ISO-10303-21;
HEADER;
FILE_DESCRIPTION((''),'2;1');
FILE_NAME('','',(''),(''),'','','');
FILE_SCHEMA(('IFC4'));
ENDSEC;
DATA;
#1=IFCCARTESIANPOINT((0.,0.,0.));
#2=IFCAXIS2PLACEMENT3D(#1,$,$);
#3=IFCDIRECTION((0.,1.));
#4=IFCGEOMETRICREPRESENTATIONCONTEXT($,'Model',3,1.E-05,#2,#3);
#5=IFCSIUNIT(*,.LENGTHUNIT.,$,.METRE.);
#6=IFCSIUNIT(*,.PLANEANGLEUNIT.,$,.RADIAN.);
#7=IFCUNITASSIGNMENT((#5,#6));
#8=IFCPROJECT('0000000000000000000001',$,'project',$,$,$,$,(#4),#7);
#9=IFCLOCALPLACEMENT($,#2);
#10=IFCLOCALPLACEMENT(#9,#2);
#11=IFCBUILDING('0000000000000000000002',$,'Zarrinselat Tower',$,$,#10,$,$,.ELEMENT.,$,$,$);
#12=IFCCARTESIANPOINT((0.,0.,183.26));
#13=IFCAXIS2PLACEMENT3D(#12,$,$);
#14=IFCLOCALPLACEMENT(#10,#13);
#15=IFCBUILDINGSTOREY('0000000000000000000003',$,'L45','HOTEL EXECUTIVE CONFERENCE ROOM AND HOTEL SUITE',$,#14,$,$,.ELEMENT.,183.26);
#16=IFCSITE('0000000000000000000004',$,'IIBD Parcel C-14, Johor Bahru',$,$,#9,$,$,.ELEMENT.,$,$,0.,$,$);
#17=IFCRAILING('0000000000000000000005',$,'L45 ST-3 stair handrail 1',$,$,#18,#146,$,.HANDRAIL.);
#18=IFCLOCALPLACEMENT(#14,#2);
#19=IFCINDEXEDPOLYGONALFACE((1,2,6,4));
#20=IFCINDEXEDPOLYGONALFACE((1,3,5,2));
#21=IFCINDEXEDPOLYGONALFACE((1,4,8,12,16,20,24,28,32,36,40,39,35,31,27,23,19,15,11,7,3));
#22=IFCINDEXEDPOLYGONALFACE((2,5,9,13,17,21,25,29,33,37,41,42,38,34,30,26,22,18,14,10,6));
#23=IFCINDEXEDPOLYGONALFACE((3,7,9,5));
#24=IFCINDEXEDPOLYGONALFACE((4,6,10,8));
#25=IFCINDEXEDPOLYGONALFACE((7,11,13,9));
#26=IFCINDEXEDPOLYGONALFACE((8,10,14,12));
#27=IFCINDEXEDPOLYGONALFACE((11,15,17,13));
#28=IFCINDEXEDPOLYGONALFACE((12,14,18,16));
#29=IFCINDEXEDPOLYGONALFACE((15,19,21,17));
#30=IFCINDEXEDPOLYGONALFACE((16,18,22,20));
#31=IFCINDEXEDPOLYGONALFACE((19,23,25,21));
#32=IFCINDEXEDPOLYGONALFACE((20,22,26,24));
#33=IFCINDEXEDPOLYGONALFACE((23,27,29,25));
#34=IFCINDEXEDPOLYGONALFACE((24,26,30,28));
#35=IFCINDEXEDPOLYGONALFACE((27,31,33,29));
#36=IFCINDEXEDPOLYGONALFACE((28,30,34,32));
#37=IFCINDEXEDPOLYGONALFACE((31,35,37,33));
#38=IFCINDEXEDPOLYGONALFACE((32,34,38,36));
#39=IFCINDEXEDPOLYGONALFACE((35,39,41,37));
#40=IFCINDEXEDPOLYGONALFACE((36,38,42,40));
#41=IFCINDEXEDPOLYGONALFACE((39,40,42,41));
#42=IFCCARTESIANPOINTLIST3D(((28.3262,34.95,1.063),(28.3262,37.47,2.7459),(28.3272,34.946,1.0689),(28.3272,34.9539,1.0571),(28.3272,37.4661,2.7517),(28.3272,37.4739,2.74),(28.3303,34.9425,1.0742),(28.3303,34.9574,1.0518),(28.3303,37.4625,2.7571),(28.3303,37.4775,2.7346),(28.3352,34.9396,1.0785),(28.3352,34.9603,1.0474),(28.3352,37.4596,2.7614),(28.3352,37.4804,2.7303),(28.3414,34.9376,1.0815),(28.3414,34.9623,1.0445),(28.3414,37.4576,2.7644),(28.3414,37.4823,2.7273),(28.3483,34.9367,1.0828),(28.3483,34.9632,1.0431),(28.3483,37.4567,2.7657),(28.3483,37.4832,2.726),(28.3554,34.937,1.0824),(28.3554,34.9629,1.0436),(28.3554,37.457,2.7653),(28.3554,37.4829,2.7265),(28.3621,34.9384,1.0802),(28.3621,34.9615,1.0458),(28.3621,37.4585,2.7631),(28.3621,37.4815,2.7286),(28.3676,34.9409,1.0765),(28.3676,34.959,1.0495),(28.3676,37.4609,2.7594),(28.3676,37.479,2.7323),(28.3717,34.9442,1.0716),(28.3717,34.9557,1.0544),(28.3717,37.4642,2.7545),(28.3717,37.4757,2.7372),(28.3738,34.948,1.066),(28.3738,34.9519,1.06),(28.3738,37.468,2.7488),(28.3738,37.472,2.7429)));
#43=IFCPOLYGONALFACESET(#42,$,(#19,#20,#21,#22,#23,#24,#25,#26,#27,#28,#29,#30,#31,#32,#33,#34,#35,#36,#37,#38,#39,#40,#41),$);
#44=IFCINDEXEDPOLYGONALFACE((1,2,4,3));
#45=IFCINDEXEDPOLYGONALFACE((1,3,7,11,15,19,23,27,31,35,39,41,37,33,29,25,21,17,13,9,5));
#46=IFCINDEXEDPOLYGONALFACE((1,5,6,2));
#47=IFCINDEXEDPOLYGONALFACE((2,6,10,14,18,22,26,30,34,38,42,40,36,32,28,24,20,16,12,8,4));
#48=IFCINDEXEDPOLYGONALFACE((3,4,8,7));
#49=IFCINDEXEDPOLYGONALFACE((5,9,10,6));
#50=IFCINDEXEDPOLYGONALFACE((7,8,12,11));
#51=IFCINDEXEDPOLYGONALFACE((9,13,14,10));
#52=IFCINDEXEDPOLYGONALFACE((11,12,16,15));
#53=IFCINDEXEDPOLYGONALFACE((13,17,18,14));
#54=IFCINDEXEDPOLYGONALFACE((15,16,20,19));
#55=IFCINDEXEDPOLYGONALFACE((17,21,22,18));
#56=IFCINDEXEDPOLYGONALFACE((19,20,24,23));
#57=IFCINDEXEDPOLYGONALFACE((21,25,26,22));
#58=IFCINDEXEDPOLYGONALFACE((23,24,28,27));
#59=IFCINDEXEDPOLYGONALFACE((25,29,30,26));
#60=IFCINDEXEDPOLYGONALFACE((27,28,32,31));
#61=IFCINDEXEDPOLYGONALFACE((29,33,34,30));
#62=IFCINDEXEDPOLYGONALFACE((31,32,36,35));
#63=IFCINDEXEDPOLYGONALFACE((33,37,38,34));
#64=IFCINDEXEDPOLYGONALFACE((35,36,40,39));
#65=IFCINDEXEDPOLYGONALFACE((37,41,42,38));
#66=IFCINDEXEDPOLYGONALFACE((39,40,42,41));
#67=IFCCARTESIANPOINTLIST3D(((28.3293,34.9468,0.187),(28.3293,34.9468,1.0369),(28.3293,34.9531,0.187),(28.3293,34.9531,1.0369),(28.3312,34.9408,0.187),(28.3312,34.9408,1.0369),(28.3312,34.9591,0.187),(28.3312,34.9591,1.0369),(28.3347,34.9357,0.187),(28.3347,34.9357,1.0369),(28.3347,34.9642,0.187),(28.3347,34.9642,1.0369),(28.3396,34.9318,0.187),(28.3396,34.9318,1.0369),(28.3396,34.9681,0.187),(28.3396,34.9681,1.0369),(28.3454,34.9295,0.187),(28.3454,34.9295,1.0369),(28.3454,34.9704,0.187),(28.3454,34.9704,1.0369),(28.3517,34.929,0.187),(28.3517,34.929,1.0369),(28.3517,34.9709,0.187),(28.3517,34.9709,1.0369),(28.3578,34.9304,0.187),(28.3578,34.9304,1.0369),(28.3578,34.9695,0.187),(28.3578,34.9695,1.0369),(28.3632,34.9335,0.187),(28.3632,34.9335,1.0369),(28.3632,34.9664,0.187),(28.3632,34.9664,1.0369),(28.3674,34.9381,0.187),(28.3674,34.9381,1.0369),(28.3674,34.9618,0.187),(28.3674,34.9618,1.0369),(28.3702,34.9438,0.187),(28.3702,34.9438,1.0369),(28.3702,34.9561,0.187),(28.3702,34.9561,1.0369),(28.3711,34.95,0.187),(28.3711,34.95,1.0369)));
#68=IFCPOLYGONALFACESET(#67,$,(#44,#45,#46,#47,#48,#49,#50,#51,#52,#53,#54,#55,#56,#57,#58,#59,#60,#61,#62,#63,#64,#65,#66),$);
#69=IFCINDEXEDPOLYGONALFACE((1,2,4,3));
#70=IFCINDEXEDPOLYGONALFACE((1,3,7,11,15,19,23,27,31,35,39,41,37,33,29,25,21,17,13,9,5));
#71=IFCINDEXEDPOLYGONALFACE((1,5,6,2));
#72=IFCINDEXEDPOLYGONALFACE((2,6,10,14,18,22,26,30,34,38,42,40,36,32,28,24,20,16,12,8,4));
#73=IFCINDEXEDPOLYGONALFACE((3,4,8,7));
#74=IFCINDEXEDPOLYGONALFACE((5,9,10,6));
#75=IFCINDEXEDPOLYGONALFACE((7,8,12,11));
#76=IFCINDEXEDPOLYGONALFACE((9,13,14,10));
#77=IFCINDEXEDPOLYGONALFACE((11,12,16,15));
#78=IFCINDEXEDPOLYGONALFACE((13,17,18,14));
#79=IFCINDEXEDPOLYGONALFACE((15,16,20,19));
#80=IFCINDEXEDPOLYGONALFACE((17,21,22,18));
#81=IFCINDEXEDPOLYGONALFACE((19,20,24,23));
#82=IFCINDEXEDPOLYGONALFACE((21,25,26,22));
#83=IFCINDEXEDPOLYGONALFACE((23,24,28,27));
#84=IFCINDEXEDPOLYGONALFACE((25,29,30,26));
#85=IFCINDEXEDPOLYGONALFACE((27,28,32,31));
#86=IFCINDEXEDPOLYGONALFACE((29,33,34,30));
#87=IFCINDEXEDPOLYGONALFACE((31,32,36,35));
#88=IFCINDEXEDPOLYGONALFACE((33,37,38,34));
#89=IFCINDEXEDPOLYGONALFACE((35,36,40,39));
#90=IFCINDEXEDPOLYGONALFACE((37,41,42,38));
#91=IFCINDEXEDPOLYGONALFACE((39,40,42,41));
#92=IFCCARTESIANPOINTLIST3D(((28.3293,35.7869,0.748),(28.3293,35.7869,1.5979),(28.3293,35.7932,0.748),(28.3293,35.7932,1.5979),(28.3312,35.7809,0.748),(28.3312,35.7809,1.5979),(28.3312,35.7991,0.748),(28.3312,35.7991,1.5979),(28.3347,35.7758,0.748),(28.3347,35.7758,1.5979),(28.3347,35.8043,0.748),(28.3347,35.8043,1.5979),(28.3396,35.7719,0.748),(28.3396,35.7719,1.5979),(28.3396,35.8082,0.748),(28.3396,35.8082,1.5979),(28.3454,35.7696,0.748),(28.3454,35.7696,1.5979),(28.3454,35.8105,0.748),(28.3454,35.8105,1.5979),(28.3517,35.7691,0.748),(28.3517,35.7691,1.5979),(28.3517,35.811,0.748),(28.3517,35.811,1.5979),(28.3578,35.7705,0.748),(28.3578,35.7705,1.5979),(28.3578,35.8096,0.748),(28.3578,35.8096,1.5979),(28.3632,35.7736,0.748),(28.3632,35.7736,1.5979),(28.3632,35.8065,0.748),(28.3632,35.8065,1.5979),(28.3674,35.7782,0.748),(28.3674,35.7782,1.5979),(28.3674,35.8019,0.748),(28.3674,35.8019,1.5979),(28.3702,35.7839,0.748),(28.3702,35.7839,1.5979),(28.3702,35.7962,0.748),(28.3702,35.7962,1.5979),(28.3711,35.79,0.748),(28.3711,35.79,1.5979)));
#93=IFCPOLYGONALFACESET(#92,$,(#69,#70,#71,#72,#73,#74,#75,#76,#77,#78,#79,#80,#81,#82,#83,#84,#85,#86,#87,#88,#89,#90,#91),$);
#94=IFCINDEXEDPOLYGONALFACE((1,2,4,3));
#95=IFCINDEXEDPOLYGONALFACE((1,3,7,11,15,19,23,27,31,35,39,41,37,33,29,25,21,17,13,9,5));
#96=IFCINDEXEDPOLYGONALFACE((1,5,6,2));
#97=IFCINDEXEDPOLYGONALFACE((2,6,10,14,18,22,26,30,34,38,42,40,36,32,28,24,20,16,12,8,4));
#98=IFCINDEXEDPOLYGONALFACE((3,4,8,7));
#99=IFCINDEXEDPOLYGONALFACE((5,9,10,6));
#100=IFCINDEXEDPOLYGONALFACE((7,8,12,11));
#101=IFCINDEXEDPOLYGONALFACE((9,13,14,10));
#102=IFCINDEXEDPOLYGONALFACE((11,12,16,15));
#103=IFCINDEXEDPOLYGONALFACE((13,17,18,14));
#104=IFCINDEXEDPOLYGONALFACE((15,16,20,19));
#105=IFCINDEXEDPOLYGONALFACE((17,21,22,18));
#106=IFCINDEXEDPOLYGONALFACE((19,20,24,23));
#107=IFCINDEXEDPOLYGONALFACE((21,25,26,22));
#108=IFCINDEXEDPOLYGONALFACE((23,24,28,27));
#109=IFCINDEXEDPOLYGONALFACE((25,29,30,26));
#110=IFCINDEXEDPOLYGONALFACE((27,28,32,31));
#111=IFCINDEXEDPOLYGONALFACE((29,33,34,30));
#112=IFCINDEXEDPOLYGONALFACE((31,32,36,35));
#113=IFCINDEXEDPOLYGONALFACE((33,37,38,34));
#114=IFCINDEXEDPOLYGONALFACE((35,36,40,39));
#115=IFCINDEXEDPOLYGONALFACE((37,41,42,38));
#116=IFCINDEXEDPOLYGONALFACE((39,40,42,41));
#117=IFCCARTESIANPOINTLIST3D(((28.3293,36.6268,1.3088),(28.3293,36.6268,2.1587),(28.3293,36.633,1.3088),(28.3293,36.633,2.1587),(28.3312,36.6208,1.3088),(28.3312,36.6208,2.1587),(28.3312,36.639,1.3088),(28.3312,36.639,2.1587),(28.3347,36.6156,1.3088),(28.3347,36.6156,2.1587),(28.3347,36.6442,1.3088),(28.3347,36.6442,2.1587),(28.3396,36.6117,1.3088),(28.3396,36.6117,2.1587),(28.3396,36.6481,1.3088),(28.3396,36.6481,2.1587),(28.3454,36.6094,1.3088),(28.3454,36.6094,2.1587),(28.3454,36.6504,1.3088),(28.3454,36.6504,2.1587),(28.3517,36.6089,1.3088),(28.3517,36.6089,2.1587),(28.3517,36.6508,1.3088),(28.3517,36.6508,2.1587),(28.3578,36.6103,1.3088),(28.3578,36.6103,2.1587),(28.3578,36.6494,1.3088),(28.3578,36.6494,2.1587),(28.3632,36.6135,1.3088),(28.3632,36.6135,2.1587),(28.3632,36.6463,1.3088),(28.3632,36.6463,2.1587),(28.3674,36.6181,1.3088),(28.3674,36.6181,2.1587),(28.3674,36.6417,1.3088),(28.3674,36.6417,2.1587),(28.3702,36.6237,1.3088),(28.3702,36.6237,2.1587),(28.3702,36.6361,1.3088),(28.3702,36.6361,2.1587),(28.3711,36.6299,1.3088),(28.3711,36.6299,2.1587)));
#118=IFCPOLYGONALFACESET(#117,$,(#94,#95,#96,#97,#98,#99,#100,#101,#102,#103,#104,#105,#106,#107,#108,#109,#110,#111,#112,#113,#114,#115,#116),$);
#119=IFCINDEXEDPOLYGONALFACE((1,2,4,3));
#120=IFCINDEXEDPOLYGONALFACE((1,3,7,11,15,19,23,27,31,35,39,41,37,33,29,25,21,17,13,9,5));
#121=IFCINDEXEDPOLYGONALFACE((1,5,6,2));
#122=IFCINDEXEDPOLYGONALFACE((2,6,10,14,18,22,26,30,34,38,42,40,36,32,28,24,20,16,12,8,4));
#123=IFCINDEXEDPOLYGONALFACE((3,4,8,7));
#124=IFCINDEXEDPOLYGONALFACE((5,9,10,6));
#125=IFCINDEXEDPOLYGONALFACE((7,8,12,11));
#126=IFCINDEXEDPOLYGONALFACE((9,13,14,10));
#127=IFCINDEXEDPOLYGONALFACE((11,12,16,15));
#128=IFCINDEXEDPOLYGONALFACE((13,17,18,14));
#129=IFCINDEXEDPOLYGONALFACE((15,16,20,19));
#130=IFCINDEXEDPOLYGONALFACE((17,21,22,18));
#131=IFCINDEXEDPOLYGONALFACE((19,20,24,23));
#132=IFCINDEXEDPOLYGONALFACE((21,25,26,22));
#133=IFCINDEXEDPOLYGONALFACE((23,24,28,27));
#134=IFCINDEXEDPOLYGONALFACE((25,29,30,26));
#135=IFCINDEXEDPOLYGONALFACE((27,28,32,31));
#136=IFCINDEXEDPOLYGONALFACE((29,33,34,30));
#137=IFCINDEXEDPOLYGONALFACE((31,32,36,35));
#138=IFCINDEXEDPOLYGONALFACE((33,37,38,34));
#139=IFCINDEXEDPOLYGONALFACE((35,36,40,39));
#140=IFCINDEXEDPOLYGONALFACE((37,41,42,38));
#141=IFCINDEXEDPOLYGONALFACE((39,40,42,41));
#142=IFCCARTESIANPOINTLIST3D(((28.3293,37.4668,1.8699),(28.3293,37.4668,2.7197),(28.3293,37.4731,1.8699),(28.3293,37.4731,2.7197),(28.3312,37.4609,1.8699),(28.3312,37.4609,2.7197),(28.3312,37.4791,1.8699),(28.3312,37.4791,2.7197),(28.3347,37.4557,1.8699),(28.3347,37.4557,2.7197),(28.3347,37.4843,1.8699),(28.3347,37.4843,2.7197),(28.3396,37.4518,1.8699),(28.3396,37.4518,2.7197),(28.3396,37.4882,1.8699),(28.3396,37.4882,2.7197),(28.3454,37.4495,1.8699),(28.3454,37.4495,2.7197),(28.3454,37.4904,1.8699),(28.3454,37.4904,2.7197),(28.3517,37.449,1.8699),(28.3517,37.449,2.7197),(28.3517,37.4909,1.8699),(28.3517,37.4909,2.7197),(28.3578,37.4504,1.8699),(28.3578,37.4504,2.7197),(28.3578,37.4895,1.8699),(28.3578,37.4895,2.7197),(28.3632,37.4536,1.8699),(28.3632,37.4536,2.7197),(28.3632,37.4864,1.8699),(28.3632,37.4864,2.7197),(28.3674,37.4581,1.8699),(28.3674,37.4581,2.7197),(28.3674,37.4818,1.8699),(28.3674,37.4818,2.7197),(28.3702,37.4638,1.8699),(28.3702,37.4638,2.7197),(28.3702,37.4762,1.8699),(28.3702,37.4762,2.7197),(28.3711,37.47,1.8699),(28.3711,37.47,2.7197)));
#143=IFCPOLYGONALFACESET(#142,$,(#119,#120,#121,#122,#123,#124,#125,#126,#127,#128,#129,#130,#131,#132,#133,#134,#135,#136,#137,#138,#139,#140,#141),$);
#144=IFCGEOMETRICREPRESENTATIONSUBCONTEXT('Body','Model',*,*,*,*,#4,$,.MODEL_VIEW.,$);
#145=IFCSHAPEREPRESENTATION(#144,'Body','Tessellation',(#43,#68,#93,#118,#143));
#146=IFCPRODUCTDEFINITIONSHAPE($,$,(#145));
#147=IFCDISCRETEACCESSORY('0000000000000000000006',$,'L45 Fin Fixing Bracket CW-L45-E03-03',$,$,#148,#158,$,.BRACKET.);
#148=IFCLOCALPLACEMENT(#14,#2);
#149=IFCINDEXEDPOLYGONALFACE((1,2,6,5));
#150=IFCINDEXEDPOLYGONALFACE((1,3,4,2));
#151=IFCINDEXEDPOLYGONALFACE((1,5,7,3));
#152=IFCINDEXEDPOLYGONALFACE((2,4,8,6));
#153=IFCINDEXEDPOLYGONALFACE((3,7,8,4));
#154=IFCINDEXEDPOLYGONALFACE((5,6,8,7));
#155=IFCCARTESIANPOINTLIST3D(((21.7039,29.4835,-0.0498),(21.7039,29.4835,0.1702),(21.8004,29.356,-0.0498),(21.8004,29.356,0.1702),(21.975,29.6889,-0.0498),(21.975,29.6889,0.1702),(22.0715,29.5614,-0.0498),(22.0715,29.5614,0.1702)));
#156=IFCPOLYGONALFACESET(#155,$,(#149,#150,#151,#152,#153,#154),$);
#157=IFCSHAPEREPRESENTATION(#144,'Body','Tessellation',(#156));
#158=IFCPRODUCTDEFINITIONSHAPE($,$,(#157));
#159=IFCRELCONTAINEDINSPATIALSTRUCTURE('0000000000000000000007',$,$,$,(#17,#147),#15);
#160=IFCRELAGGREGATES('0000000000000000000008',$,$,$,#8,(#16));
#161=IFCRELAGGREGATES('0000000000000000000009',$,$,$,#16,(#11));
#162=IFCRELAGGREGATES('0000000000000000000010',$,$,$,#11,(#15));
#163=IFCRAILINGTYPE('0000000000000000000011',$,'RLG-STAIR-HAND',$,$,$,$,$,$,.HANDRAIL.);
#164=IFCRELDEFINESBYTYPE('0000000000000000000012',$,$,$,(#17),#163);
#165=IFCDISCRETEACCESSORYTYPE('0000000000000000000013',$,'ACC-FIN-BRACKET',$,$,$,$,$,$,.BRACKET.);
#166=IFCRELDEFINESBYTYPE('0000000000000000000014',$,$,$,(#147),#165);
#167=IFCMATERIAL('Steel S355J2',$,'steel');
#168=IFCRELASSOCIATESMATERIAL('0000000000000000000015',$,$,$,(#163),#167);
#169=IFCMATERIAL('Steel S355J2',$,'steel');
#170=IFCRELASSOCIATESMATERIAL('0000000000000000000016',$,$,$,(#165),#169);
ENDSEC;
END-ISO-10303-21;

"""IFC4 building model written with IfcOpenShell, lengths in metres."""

from ifc_helpers import new_model, si_unit, direction, frame, origin, origin_2d, place, context, subcontext, project, spatial, rectangle, circle, extrude, material, type_object, element, save


model = new_model("IFC4")

# Units and contexts
model_context = context("Model", 3, precision=1e-05, world=origin(), true_north=direction((0.0, 1.0)))
body_context = subcontext(model_context, "Body", "Model", "MODEL_VIEW")
ifc_project = project(units=[si_unit("LENGTHUNIT", "METRE"), si_unit("PLANEANGLEUNIT", "RADIAN")], contexts=[model_context])

# Site, building, storey
site_placement = place(None, origin())
site = spatial("IfcSite", under=ifc_project, at=site_placement, Name="IIBD Parcel C-14, Johor Bahru", CompositionType="ELEMENT", RefElevation=0.0)
building_placement = place(site_placement, origin())
building = spatial("IfcBuilding", under=site, at=building_placement, Name="Zarrinselat Tower", CompositionType="ELEMENT")
storey_placement = place(building_placement, frame((0.0, 0.0, 183.26)))
storey = spatial("IfcBuildingStorey", under=building, at=storey_placement, Name="L45", Description="HOTEL EXECUTIVE CONFERENCE ROOM AND HOTEL SUITE", CompositionType="ELEMENT", Elevation=183.26)

# Railing
ifc_material_1 = material(Name="Steel S355J2", Category="steel")
railing_type_1 = type_object("IfcRailingType", Name="RLG-STAIR-HAND", PredefinedType="HANDRAIL", material=ifc_material_1)
railing_1_placement = place(storey_placement, frame((28.3501, 34.95, 0.187)))
element("IfcRailing", 1, at=railing_1_placement, inside=storey, type_object=railing_type_1, Name="L45 ST-3 stair handrail 1", PredefinedType="HANDRAIL", context=body_context, shape_type="SweptSolid", body=[
    extrude(circle(Radius=0.0239, at=origin_2d()), frame((0.0, 0.0, 0.876), z_axis=(0.0, 0.831616, 0.555351), x_axis=(-1.0, 0.0, 0.0)), (0.0, 0.0, 1.0), 3.0303),
    extrude(circle(Radius=0.021, at=origin_2d()), origin(), (0.0, 0.0, 1.0), 0.8499),
    extrude(circle(Radius=0.021, at=origin_2d()), frame((0.0, 0.8401, 0.561)), (0.0, 0.0, 1.0), 0.8499),
    extrude(circle(Radius=0.021, at=origin_2d()), frame((0.0, 1.6799, 1.1218)), (0.0, 0.0, 1.0), 0.8499),
    extrude(circle(Radius=0.021, at=origin_2d()), frame((0.0, 2.52, 1.6829)), (0.0, 0.0, 1.0), 0.8499),
])

# Discrete accessory
ifc_material_2 = material(Name="Steel S355J2", Category="steel")
discrete_accessory_type = type_object("IfcDiscreteAccessoryType", Name="ACC-FIN-BRACKET", PredefinedType="BRACKET", material=ifc_material_2)
discrete_accessory_placement = place(storey_placement, frame((21.8877, 29.5225, -0.0498), z_axis=(0.0, 0.0, 1.0), x_axis=(-0.797092, -0.603857, 0.0)))
element("IfcDiscreteAccessory", 2, at=discrete_accessory_placement, inside=storey, type_object=discrete_accessory_type, Name="L45 Fin Fixing Bracket CW-L45-E03-03", PredefinedType="BRACKET", context=body_context, shape_type="SweptSolid", body=[
    extrude(rectangle(XDim=0.3401, YDim=0.1599, at=origin_2d()), origin(), (0.0, 0.0, 1.0), 0.22),
])

save(model, "model.ifc")
